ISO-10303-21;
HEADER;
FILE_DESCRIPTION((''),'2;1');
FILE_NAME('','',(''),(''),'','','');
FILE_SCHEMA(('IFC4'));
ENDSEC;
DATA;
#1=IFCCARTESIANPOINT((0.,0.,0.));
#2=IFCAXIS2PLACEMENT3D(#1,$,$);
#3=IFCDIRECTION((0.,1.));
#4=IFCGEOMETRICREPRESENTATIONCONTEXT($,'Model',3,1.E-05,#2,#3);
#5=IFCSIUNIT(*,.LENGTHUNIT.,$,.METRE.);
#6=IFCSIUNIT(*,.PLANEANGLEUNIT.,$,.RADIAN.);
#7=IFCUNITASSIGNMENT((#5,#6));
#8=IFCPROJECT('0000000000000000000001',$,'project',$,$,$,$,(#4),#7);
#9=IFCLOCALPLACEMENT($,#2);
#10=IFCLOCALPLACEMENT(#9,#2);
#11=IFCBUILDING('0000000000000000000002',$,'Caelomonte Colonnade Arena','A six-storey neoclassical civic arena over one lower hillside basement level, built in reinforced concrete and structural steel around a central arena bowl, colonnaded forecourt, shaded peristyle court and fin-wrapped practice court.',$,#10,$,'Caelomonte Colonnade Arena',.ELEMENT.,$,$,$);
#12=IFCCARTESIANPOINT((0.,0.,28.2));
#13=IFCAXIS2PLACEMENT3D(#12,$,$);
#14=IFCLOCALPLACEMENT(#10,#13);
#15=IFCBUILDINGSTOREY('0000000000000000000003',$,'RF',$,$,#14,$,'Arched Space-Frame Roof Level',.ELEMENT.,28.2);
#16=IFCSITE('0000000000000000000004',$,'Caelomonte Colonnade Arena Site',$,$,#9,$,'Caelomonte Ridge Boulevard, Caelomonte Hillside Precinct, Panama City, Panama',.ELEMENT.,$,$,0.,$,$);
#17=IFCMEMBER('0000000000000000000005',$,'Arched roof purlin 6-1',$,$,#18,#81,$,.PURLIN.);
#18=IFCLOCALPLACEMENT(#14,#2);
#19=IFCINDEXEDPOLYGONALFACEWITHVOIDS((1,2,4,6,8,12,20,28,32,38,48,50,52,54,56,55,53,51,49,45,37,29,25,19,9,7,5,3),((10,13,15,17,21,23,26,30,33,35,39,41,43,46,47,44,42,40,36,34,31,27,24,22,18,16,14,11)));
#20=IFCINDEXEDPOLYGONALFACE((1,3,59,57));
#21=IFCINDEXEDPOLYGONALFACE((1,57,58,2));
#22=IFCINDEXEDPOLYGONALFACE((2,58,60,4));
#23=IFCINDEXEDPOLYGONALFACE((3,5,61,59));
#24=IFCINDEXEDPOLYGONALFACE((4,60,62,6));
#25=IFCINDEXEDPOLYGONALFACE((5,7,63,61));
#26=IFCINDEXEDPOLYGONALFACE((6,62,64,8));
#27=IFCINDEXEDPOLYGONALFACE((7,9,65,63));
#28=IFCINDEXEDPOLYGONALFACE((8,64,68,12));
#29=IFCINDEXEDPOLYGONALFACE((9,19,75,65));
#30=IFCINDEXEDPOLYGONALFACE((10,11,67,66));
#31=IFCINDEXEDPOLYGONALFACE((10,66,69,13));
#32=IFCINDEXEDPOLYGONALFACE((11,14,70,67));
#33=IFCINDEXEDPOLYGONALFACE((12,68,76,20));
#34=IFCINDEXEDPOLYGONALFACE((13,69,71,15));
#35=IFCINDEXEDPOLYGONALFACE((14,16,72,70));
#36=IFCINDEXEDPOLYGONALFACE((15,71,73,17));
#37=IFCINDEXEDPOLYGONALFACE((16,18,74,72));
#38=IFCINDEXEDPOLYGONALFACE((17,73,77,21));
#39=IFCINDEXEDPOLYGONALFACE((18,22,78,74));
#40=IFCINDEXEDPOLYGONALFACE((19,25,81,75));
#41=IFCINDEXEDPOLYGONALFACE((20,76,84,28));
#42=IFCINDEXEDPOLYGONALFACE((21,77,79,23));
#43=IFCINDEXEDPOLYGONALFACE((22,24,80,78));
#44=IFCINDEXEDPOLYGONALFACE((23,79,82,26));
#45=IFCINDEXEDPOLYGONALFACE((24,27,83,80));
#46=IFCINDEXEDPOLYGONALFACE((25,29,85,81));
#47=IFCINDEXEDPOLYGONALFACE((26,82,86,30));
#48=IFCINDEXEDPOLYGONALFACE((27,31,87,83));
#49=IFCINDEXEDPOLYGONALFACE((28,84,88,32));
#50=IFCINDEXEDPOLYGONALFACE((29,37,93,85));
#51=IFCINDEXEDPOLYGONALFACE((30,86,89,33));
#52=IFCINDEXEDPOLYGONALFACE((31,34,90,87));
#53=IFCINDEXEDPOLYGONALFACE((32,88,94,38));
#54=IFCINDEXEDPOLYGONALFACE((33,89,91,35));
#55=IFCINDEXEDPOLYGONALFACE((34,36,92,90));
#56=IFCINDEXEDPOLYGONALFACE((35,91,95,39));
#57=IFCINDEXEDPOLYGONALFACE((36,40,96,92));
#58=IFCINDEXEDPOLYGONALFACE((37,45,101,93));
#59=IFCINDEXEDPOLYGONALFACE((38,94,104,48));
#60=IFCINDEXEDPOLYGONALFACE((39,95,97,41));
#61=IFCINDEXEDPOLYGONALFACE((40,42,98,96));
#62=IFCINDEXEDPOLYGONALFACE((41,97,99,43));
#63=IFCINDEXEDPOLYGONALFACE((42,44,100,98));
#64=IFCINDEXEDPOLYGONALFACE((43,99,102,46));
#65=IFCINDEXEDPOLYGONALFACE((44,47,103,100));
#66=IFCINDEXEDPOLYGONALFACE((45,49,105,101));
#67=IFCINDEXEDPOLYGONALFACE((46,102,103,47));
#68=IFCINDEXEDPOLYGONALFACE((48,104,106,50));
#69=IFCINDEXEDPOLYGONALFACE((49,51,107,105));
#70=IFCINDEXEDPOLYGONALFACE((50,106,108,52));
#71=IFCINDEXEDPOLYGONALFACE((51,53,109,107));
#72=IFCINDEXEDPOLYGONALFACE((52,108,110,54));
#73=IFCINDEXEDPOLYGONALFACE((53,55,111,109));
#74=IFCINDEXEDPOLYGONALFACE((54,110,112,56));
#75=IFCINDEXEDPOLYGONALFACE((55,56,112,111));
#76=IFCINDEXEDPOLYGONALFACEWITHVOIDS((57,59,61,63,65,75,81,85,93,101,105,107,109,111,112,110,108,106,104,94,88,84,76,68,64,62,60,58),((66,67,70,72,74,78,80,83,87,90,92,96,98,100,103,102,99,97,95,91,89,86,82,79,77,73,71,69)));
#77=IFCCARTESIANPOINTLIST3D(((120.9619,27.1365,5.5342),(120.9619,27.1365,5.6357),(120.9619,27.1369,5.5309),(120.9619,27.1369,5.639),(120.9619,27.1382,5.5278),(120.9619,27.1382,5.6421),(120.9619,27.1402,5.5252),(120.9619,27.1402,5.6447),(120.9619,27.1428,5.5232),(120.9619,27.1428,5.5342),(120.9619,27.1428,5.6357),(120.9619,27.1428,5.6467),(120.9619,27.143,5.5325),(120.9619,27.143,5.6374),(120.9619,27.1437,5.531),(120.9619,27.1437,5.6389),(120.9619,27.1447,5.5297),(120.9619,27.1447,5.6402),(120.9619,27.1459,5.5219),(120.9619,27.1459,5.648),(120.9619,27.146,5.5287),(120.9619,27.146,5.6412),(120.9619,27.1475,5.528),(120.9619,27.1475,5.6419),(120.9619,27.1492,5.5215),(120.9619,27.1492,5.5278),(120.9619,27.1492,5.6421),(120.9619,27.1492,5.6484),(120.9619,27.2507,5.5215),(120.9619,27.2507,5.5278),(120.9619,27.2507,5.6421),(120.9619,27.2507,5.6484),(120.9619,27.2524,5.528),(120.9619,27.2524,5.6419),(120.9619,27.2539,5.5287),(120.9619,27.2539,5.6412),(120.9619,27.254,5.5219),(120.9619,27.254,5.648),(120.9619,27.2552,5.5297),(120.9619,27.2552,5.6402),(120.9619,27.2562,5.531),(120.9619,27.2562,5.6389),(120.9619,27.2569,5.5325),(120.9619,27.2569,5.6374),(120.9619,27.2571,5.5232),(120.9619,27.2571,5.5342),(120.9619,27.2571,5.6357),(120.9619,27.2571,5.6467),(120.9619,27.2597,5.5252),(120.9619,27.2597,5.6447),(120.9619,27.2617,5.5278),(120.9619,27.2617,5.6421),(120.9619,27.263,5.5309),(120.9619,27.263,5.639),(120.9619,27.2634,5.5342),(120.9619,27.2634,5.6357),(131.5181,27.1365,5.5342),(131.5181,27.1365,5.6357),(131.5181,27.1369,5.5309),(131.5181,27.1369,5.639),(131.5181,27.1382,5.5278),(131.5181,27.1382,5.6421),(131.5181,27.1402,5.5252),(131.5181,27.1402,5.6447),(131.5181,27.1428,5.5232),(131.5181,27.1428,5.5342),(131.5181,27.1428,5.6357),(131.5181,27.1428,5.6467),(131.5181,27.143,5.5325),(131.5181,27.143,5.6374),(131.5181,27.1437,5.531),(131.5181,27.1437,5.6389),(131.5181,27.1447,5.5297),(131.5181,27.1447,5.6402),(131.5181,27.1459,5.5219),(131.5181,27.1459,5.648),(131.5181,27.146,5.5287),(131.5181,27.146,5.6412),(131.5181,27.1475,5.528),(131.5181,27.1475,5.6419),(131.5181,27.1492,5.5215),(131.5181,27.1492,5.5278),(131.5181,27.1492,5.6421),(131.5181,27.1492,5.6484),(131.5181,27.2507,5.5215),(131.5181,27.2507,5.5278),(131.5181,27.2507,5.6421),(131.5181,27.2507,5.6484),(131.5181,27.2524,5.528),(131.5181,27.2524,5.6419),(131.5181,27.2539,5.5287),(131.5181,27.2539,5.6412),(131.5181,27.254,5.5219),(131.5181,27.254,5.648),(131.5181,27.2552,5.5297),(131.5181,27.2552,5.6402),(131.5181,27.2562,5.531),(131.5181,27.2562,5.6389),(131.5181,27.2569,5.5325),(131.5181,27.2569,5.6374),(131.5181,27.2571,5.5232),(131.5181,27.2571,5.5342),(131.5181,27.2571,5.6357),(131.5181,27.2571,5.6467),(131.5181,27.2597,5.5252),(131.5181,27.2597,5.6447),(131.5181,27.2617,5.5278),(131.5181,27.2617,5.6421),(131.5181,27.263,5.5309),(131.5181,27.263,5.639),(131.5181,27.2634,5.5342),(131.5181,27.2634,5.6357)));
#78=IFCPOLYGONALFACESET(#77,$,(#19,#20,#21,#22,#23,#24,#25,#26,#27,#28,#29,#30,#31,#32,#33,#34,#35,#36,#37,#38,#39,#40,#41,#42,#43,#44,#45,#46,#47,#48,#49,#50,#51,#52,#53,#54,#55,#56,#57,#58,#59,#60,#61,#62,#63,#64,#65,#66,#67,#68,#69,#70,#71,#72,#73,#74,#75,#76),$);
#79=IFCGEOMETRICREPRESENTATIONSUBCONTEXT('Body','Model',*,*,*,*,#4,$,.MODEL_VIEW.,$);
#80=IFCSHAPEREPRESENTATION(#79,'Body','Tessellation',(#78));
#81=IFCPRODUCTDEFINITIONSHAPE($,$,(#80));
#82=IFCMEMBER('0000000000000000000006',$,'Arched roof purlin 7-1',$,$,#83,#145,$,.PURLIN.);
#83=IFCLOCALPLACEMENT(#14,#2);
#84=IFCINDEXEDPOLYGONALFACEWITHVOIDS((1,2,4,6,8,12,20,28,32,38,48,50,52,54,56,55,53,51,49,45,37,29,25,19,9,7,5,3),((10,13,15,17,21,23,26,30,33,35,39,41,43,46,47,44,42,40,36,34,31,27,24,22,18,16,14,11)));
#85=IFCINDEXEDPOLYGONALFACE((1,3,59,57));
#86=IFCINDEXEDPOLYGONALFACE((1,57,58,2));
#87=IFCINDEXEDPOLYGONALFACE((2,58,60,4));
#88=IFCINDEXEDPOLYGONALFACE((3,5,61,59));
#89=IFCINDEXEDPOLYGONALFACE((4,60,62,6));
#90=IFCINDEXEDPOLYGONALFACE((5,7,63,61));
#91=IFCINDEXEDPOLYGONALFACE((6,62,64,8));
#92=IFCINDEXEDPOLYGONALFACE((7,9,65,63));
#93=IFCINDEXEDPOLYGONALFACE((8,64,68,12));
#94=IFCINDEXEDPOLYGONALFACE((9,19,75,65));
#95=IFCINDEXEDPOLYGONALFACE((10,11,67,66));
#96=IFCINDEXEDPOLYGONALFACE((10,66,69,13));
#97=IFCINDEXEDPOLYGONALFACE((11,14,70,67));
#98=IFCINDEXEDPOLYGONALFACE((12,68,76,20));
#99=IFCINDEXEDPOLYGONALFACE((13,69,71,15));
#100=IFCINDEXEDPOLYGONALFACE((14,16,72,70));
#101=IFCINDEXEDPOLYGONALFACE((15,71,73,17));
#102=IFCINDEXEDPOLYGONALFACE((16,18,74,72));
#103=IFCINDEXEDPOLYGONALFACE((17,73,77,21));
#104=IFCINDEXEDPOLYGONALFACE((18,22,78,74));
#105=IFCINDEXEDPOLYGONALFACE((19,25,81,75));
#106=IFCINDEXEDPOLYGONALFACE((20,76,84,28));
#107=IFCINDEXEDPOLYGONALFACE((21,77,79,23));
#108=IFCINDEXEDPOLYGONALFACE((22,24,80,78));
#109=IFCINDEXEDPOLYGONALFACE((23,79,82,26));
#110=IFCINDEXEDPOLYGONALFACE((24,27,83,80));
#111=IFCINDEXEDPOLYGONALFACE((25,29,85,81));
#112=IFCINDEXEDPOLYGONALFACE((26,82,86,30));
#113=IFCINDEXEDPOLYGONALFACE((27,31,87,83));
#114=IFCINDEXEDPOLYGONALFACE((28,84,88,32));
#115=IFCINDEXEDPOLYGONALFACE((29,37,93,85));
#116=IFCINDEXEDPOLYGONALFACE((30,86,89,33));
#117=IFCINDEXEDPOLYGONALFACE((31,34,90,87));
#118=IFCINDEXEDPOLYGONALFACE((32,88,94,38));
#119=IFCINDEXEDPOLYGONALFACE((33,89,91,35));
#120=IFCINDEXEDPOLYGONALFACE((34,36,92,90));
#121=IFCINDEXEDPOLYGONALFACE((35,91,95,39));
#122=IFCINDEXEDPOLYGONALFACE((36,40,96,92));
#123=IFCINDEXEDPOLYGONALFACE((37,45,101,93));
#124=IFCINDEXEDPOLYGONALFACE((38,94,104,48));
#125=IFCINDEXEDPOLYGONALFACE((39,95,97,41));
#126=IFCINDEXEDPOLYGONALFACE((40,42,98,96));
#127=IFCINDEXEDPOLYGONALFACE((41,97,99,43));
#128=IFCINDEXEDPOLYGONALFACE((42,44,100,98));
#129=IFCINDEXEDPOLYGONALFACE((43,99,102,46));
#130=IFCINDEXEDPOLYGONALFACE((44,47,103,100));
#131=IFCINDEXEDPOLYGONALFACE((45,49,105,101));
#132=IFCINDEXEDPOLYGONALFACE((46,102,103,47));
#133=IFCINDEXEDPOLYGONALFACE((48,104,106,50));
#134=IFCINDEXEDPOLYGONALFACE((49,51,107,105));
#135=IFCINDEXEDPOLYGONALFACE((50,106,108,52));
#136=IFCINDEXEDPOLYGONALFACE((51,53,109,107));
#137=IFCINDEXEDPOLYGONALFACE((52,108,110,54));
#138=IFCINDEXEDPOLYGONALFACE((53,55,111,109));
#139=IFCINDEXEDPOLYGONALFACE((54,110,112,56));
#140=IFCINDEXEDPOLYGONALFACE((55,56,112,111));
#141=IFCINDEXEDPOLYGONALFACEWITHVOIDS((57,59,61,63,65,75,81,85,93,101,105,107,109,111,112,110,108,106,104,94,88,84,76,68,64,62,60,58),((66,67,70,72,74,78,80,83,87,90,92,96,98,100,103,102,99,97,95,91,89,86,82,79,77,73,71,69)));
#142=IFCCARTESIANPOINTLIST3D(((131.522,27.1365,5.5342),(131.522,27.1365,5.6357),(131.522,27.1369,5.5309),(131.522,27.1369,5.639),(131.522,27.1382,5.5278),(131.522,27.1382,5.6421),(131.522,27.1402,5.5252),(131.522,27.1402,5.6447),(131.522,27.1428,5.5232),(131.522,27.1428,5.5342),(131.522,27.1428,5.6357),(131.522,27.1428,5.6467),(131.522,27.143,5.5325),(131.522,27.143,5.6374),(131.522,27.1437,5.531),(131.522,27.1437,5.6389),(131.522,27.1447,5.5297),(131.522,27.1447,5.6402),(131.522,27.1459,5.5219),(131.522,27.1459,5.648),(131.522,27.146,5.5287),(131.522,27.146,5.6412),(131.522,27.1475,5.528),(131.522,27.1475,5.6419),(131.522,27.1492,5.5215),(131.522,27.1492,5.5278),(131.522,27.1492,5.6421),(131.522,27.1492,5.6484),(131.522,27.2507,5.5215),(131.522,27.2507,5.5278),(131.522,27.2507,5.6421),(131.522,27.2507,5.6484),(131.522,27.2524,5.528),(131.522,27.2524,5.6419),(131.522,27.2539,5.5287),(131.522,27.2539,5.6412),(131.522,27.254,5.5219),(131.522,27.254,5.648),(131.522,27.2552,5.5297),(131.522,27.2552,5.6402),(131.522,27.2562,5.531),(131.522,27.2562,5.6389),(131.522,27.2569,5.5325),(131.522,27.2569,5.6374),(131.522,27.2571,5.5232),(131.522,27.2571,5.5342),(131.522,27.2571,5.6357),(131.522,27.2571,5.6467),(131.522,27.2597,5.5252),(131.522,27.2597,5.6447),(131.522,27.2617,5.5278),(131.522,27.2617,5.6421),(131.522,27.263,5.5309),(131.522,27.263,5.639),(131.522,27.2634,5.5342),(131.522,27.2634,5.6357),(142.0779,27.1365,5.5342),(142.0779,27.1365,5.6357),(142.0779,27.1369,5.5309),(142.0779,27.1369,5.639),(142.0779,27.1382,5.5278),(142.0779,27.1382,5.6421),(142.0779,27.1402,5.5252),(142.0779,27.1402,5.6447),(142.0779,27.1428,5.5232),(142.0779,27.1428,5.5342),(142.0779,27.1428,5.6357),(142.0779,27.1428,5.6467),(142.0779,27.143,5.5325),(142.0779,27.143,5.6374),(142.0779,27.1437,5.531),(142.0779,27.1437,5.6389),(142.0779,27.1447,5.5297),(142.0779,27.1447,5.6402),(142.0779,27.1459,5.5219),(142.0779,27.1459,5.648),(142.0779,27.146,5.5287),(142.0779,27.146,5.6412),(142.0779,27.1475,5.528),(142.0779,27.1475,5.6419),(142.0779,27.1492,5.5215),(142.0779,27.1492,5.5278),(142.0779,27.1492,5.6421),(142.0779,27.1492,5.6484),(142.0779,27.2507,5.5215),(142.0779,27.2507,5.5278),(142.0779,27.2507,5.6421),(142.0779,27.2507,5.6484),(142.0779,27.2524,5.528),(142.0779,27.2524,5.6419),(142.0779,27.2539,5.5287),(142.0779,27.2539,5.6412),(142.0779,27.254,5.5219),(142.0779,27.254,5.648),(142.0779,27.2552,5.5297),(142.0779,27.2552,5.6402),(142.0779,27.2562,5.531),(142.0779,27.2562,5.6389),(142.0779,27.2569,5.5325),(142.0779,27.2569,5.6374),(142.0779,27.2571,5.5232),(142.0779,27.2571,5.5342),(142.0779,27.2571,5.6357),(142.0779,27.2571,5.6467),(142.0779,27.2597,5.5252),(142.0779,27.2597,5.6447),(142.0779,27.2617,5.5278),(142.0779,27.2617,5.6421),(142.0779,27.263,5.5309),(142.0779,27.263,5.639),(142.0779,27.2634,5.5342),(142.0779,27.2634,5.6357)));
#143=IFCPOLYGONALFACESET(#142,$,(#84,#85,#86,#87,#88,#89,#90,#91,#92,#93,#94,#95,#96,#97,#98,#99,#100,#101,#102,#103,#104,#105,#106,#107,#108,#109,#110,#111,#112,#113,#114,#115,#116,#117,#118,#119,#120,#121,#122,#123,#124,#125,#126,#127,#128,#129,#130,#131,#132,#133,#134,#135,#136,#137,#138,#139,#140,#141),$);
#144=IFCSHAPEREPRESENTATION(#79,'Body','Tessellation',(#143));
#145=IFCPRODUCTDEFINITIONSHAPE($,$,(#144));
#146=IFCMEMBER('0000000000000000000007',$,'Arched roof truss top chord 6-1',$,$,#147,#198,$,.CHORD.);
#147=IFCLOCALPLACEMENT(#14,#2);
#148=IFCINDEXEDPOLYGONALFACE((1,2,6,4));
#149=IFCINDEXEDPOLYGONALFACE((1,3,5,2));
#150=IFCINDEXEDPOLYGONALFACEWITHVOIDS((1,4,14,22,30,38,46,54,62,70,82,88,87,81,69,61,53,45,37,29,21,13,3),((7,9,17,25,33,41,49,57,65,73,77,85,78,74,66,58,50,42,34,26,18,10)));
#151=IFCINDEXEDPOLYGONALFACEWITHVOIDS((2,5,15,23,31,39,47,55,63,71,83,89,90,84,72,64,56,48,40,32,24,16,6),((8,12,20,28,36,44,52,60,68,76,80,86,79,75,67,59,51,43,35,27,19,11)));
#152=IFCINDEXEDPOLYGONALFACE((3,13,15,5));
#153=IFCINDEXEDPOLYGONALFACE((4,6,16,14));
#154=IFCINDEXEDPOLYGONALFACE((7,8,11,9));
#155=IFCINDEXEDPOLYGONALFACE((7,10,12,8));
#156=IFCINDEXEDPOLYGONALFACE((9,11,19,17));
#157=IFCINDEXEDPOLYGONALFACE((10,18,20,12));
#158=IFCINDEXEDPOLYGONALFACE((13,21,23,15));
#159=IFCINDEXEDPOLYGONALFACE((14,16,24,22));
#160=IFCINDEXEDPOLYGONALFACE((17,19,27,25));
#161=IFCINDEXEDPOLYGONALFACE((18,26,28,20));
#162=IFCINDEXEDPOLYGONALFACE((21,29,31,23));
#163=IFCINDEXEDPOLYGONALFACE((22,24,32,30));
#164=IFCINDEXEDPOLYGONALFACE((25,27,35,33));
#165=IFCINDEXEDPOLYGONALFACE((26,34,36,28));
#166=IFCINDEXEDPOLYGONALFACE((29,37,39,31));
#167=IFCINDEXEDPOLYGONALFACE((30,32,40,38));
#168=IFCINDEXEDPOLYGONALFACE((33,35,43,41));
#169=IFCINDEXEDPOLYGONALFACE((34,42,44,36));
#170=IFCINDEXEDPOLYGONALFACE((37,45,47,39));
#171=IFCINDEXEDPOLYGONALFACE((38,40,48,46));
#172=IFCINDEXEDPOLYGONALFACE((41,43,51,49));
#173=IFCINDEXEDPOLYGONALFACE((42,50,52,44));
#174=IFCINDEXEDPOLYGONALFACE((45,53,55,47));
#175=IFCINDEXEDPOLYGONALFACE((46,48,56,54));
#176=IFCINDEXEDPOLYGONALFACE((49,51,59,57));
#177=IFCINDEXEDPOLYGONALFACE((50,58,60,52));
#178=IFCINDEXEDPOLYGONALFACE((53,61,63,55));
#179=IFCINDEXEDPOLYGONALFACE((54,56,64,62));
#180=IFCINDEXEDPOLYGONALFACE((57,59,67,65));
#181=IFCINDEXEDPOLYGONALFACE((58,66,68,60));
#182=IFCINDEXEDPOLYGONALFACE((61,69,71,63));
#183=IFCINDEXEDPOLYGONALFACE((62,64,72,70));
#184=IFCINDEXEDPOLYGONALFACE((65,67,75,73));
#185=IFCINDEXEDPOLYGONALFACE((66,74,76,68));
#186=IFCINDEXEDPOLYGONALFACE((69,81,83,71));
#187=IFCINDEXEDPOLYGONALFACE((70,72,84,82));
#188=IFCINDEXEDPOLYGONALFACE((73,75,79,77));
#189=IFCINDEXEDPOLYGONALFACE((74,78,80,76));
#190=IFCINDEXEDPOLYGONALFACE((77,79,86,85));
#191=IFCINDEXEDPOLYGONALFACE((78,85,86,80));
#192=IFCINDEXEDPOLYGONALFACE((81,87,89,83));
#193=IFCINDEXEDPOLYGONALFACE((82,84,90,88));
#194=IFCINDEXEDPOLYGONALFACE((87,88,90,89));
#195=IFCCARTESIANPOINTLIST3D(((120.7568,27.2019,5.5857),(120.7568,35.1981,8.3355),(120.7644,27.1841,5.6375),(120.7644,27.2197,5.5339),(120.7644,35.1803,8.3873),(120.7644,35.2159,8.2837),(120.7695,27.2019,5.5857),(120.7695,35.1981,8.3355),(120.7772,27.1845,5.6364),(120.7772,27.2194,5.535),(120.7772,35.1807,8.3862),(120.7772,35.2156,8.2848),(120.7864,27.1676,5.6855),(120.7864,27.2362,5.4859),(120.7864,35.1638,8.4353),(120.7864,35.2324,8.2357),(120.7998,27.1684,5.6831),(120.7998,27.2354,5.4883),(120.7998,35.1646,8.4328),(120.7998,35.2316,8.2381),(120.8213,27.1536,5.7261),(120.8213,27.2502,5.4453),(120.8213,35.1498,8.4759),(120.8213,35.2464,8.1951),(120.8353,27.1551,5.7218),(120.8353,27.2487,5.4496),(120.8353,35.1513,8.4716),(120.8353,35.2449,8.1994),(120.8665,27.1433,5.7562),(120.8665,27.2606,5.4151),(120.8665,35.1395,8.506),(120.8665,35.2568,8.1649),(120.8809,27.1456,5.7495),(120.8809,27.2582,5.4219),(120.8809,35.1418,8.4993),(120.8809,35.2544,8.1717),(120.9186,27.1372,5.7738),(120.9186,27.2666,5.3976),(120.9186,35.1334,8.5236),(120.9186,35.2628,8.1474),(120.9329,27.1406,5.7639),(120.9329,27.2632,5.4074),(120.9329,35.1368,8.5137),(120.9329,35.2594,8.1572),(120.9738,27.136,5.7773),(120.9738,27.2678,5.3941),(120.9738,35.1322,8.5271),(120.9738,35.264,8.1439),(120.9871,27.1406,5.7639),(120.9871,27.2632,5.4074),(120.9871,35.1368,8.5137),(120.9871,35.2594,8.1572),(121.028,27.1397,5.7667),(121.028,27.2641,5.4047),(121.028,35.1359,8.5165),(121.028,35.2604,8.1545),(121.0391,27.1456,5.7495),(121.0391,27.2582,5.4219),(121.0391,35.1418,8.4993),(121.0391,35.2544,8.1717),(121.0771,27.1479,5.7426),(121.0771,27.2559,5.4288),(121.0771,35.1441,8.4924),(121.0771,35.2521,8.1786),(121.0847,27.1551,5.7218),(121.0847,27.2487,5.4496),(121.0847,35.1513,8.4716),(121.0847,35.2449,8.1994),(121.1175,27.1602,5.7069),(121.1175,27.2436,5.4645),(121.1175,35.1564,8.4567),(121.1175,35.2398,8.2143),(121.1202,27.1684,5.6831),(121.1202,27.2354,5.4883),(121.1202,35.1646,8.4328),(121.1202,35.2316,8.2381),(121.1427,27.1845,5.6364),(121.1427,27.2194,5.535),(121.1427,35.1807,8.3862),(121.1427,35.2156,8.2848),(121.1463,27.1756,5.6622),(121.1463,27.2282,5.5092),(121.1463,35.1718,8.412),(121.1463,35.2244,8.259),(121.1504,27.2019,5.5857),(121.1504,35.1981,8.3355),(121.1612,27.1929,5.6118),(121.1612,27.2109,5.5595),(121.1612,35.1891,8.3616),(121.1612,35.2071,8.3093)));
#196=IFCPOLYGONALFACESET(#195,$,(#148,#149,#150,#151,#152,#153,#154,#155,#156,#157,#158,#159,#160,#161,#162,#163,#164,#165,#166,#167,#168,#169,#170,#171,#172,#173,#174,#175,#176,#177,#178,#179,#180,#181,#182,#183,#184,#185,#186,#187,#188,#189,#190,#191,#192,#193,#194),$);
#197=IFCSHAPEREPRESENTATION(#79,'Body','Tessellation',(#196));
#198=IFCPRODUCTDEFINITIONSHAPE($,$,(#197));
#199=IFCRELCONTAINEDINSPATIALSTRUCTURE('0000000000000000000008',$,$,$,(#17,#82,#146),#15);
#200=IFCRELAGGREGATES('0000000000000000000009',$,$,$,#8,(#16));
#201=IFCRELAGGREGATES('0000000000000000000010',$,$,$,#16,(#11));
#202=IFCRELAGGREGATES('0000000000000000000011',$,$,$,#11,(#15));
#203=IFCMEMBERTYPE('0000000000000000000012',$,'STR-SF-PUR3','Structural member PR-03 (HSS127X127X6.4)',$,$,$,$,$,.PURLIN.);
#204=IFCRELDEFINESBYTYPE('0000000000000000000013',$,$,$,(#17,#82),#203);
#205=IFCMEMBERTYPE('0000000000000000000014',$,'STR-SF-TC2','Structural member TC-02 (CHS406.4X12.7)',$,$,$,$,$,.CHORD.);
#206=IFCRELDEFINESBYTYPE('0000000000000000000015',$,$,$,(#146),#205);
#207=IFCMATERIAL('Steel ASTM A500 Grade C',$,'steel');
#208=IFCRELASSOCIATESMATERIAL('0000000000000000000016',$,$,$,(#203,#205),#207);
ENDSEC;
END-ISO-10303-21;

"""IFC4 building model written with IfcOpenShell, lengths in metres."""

from ifc_helpers import new_model, si_unit, direction, frame, origin, origin_2d, place, context, subcontext, project, spatial, hollow_rectangle, hollow_circle, extrude, material, material_profile, profile_set, type_object, element, save


model = new_model("IFC4")

# Units and contexts
model_context = context("Model", 3, precision=1e-05, world=origin(), true_north=direction((0.0, 1.0)))
body_context = subcontext(model_context, "Body", "Model", "MODEL_VIEW")
ifc_project = project(units=[si_unit("LENGTHUNIT", "METRE"), si_unit("PLANEANGLEUNIT", "RADIAN")], contexts=[model_context])

# Site, building, storey
site_placement = place(None, origin())
site = spatial("IfcSite", under=ifc_project, at=site_placement, Name="Caelomonte Colonnade Arena Site", LongName="Caelomonte Ridge Boulevard, Caelomonte Hillside Precinct, Panama City, Panama", CompositionType="ELEMENT", RefElevation=0.0)
building_placement = place(site_placement, origin())
building = spatial("IfcBuilding", under=site, at=building_placement, Name="Caelomonte Colonnade Arena", Description="A six-storey neoclassical civic arena over one lower hillside basement level, built in reinforced concrete and structural steel around a central arena bowl, colonnaded forecourt, shaded peristyle court and fin-wrapped practice court.", LongName="Caelomonte Colonnade Arena", CompositionType="ELEMENT")
storey_placement = place(building_placement, frame((0.0, 0.0, 28.2)))
storey = spatial("IfcBuildingStorey", under=building, at=storey_placement, Name="RF", LongName="Arched Space-Frame Roof Level", CompositionType="ELEMENT", Elevation=28.2)

# Members
ifc_material_1 = material(Name="Steel ASTM A500 Grade C", Category="steel")
ifc_material_profile_1 = material_profile(ifc_material_1, hollow_rectangle(XDim=0.127, YDim=0.127, WallThickness=0.0063, InnerFilletRadius=0.0063, OuterFilletRadius=0.0127, at=origin_2d()), Name="HSS127X127X6.4")
ifc_profile_set_1 = profile_set([ifc_material_profile_1], Name="Steel ASTM A500 Grade C")
member_type_1 = type_object("IfcMemberType", Name="STR-SF-PUR3", Description="Structural member PR-03 (HSS127X127X6.4)", PredefinedType="PURLIN", material=ifc_profile_set_1)
member_1_placement = place(storey_placement, frame((120.9619, 27.2, 5.585), z_axis=(1.0, 0.0, 0.0), x_axis=(0.0, 1.0, 0.0)))
element("IfcMember", 1, at=member_1_placement, inside=storey, type_object=member_type_1, Name="Arched roof purlin 6-1", PredefinedType="PURLIN", context=body_context, shape_type="SweptSolid", body=[
    extrude(hollow_rectangle(XDim=0.127, YDim=0.127, WallThickness=0.0063, InnerFilletRadius=0.0063, OuterFilletRadius=0.0127, at=origin_2d()), origin(), (0.0, 0.0, 1.0), 10.5562),
])
member_2_placement = place(storey_placement, frame((131.522, 27.2, 5.585), z_axis=(1.0, 0.0, 0.0), x_axis=(0.0, 1.0, 0.0)))
element("IfcMember", 2, at=member_2_placement, inside=storey, type_object=member_type_1, Name="Arched roof purlin 7-1", PredefinedType="PURLIN", context=body_context, shape_type="SweptSolid", body=[
    extrude(hollow_rectangle(XDim=0.127, YDim=0.127, WallThickness=0.0063, InnerFilletRadius=0.0063, OuterFilletRadius=0.0127, at=origin_2d()), origin(), (0.0, 0.0, 1.0), 10.5559),
])
ifc_material_profile_2 = material_profile(ifc_material_1, hollow_circle(Radius=0.2031, WallThickness=0.0127, at=origin_2d()), Name="CHS406.4X12.7")
ifc_profile_set_2 = profile_set([ifc_material_profile_2], Name="Steel ASTM A500 Grade C")
member_type_2 = type_object("IfcMemberType", Name="STR-SF-TC2", Description="Structural member TC-02 (CHS406.4X12.7)", PredefinedType="CHORD", material=ifc_profile_set_2)
member_3_placement = place(storey_placement, frame((120.96, 27.2019, 5.5857), z_axis=(0.0, 0.945647, 0.325196), x_axis=(-1.0, 0.0, 0.0)))
element("IfcMember", 3, at=member_3_placement, inside=storey, type_object=member_type_2, Name="Arched roof truss top chord 6-1", PredefinedType="CHORD", context=body_context, shape_type="SweptSolid", body=[
    extrude(hollow_circle(Radius=0.2031, WallThickness=0.0127, at=origin_2d()), origin(), (0.0, 0.0, 1.0), 8.4558),
])

save(model, "model.ifc")
